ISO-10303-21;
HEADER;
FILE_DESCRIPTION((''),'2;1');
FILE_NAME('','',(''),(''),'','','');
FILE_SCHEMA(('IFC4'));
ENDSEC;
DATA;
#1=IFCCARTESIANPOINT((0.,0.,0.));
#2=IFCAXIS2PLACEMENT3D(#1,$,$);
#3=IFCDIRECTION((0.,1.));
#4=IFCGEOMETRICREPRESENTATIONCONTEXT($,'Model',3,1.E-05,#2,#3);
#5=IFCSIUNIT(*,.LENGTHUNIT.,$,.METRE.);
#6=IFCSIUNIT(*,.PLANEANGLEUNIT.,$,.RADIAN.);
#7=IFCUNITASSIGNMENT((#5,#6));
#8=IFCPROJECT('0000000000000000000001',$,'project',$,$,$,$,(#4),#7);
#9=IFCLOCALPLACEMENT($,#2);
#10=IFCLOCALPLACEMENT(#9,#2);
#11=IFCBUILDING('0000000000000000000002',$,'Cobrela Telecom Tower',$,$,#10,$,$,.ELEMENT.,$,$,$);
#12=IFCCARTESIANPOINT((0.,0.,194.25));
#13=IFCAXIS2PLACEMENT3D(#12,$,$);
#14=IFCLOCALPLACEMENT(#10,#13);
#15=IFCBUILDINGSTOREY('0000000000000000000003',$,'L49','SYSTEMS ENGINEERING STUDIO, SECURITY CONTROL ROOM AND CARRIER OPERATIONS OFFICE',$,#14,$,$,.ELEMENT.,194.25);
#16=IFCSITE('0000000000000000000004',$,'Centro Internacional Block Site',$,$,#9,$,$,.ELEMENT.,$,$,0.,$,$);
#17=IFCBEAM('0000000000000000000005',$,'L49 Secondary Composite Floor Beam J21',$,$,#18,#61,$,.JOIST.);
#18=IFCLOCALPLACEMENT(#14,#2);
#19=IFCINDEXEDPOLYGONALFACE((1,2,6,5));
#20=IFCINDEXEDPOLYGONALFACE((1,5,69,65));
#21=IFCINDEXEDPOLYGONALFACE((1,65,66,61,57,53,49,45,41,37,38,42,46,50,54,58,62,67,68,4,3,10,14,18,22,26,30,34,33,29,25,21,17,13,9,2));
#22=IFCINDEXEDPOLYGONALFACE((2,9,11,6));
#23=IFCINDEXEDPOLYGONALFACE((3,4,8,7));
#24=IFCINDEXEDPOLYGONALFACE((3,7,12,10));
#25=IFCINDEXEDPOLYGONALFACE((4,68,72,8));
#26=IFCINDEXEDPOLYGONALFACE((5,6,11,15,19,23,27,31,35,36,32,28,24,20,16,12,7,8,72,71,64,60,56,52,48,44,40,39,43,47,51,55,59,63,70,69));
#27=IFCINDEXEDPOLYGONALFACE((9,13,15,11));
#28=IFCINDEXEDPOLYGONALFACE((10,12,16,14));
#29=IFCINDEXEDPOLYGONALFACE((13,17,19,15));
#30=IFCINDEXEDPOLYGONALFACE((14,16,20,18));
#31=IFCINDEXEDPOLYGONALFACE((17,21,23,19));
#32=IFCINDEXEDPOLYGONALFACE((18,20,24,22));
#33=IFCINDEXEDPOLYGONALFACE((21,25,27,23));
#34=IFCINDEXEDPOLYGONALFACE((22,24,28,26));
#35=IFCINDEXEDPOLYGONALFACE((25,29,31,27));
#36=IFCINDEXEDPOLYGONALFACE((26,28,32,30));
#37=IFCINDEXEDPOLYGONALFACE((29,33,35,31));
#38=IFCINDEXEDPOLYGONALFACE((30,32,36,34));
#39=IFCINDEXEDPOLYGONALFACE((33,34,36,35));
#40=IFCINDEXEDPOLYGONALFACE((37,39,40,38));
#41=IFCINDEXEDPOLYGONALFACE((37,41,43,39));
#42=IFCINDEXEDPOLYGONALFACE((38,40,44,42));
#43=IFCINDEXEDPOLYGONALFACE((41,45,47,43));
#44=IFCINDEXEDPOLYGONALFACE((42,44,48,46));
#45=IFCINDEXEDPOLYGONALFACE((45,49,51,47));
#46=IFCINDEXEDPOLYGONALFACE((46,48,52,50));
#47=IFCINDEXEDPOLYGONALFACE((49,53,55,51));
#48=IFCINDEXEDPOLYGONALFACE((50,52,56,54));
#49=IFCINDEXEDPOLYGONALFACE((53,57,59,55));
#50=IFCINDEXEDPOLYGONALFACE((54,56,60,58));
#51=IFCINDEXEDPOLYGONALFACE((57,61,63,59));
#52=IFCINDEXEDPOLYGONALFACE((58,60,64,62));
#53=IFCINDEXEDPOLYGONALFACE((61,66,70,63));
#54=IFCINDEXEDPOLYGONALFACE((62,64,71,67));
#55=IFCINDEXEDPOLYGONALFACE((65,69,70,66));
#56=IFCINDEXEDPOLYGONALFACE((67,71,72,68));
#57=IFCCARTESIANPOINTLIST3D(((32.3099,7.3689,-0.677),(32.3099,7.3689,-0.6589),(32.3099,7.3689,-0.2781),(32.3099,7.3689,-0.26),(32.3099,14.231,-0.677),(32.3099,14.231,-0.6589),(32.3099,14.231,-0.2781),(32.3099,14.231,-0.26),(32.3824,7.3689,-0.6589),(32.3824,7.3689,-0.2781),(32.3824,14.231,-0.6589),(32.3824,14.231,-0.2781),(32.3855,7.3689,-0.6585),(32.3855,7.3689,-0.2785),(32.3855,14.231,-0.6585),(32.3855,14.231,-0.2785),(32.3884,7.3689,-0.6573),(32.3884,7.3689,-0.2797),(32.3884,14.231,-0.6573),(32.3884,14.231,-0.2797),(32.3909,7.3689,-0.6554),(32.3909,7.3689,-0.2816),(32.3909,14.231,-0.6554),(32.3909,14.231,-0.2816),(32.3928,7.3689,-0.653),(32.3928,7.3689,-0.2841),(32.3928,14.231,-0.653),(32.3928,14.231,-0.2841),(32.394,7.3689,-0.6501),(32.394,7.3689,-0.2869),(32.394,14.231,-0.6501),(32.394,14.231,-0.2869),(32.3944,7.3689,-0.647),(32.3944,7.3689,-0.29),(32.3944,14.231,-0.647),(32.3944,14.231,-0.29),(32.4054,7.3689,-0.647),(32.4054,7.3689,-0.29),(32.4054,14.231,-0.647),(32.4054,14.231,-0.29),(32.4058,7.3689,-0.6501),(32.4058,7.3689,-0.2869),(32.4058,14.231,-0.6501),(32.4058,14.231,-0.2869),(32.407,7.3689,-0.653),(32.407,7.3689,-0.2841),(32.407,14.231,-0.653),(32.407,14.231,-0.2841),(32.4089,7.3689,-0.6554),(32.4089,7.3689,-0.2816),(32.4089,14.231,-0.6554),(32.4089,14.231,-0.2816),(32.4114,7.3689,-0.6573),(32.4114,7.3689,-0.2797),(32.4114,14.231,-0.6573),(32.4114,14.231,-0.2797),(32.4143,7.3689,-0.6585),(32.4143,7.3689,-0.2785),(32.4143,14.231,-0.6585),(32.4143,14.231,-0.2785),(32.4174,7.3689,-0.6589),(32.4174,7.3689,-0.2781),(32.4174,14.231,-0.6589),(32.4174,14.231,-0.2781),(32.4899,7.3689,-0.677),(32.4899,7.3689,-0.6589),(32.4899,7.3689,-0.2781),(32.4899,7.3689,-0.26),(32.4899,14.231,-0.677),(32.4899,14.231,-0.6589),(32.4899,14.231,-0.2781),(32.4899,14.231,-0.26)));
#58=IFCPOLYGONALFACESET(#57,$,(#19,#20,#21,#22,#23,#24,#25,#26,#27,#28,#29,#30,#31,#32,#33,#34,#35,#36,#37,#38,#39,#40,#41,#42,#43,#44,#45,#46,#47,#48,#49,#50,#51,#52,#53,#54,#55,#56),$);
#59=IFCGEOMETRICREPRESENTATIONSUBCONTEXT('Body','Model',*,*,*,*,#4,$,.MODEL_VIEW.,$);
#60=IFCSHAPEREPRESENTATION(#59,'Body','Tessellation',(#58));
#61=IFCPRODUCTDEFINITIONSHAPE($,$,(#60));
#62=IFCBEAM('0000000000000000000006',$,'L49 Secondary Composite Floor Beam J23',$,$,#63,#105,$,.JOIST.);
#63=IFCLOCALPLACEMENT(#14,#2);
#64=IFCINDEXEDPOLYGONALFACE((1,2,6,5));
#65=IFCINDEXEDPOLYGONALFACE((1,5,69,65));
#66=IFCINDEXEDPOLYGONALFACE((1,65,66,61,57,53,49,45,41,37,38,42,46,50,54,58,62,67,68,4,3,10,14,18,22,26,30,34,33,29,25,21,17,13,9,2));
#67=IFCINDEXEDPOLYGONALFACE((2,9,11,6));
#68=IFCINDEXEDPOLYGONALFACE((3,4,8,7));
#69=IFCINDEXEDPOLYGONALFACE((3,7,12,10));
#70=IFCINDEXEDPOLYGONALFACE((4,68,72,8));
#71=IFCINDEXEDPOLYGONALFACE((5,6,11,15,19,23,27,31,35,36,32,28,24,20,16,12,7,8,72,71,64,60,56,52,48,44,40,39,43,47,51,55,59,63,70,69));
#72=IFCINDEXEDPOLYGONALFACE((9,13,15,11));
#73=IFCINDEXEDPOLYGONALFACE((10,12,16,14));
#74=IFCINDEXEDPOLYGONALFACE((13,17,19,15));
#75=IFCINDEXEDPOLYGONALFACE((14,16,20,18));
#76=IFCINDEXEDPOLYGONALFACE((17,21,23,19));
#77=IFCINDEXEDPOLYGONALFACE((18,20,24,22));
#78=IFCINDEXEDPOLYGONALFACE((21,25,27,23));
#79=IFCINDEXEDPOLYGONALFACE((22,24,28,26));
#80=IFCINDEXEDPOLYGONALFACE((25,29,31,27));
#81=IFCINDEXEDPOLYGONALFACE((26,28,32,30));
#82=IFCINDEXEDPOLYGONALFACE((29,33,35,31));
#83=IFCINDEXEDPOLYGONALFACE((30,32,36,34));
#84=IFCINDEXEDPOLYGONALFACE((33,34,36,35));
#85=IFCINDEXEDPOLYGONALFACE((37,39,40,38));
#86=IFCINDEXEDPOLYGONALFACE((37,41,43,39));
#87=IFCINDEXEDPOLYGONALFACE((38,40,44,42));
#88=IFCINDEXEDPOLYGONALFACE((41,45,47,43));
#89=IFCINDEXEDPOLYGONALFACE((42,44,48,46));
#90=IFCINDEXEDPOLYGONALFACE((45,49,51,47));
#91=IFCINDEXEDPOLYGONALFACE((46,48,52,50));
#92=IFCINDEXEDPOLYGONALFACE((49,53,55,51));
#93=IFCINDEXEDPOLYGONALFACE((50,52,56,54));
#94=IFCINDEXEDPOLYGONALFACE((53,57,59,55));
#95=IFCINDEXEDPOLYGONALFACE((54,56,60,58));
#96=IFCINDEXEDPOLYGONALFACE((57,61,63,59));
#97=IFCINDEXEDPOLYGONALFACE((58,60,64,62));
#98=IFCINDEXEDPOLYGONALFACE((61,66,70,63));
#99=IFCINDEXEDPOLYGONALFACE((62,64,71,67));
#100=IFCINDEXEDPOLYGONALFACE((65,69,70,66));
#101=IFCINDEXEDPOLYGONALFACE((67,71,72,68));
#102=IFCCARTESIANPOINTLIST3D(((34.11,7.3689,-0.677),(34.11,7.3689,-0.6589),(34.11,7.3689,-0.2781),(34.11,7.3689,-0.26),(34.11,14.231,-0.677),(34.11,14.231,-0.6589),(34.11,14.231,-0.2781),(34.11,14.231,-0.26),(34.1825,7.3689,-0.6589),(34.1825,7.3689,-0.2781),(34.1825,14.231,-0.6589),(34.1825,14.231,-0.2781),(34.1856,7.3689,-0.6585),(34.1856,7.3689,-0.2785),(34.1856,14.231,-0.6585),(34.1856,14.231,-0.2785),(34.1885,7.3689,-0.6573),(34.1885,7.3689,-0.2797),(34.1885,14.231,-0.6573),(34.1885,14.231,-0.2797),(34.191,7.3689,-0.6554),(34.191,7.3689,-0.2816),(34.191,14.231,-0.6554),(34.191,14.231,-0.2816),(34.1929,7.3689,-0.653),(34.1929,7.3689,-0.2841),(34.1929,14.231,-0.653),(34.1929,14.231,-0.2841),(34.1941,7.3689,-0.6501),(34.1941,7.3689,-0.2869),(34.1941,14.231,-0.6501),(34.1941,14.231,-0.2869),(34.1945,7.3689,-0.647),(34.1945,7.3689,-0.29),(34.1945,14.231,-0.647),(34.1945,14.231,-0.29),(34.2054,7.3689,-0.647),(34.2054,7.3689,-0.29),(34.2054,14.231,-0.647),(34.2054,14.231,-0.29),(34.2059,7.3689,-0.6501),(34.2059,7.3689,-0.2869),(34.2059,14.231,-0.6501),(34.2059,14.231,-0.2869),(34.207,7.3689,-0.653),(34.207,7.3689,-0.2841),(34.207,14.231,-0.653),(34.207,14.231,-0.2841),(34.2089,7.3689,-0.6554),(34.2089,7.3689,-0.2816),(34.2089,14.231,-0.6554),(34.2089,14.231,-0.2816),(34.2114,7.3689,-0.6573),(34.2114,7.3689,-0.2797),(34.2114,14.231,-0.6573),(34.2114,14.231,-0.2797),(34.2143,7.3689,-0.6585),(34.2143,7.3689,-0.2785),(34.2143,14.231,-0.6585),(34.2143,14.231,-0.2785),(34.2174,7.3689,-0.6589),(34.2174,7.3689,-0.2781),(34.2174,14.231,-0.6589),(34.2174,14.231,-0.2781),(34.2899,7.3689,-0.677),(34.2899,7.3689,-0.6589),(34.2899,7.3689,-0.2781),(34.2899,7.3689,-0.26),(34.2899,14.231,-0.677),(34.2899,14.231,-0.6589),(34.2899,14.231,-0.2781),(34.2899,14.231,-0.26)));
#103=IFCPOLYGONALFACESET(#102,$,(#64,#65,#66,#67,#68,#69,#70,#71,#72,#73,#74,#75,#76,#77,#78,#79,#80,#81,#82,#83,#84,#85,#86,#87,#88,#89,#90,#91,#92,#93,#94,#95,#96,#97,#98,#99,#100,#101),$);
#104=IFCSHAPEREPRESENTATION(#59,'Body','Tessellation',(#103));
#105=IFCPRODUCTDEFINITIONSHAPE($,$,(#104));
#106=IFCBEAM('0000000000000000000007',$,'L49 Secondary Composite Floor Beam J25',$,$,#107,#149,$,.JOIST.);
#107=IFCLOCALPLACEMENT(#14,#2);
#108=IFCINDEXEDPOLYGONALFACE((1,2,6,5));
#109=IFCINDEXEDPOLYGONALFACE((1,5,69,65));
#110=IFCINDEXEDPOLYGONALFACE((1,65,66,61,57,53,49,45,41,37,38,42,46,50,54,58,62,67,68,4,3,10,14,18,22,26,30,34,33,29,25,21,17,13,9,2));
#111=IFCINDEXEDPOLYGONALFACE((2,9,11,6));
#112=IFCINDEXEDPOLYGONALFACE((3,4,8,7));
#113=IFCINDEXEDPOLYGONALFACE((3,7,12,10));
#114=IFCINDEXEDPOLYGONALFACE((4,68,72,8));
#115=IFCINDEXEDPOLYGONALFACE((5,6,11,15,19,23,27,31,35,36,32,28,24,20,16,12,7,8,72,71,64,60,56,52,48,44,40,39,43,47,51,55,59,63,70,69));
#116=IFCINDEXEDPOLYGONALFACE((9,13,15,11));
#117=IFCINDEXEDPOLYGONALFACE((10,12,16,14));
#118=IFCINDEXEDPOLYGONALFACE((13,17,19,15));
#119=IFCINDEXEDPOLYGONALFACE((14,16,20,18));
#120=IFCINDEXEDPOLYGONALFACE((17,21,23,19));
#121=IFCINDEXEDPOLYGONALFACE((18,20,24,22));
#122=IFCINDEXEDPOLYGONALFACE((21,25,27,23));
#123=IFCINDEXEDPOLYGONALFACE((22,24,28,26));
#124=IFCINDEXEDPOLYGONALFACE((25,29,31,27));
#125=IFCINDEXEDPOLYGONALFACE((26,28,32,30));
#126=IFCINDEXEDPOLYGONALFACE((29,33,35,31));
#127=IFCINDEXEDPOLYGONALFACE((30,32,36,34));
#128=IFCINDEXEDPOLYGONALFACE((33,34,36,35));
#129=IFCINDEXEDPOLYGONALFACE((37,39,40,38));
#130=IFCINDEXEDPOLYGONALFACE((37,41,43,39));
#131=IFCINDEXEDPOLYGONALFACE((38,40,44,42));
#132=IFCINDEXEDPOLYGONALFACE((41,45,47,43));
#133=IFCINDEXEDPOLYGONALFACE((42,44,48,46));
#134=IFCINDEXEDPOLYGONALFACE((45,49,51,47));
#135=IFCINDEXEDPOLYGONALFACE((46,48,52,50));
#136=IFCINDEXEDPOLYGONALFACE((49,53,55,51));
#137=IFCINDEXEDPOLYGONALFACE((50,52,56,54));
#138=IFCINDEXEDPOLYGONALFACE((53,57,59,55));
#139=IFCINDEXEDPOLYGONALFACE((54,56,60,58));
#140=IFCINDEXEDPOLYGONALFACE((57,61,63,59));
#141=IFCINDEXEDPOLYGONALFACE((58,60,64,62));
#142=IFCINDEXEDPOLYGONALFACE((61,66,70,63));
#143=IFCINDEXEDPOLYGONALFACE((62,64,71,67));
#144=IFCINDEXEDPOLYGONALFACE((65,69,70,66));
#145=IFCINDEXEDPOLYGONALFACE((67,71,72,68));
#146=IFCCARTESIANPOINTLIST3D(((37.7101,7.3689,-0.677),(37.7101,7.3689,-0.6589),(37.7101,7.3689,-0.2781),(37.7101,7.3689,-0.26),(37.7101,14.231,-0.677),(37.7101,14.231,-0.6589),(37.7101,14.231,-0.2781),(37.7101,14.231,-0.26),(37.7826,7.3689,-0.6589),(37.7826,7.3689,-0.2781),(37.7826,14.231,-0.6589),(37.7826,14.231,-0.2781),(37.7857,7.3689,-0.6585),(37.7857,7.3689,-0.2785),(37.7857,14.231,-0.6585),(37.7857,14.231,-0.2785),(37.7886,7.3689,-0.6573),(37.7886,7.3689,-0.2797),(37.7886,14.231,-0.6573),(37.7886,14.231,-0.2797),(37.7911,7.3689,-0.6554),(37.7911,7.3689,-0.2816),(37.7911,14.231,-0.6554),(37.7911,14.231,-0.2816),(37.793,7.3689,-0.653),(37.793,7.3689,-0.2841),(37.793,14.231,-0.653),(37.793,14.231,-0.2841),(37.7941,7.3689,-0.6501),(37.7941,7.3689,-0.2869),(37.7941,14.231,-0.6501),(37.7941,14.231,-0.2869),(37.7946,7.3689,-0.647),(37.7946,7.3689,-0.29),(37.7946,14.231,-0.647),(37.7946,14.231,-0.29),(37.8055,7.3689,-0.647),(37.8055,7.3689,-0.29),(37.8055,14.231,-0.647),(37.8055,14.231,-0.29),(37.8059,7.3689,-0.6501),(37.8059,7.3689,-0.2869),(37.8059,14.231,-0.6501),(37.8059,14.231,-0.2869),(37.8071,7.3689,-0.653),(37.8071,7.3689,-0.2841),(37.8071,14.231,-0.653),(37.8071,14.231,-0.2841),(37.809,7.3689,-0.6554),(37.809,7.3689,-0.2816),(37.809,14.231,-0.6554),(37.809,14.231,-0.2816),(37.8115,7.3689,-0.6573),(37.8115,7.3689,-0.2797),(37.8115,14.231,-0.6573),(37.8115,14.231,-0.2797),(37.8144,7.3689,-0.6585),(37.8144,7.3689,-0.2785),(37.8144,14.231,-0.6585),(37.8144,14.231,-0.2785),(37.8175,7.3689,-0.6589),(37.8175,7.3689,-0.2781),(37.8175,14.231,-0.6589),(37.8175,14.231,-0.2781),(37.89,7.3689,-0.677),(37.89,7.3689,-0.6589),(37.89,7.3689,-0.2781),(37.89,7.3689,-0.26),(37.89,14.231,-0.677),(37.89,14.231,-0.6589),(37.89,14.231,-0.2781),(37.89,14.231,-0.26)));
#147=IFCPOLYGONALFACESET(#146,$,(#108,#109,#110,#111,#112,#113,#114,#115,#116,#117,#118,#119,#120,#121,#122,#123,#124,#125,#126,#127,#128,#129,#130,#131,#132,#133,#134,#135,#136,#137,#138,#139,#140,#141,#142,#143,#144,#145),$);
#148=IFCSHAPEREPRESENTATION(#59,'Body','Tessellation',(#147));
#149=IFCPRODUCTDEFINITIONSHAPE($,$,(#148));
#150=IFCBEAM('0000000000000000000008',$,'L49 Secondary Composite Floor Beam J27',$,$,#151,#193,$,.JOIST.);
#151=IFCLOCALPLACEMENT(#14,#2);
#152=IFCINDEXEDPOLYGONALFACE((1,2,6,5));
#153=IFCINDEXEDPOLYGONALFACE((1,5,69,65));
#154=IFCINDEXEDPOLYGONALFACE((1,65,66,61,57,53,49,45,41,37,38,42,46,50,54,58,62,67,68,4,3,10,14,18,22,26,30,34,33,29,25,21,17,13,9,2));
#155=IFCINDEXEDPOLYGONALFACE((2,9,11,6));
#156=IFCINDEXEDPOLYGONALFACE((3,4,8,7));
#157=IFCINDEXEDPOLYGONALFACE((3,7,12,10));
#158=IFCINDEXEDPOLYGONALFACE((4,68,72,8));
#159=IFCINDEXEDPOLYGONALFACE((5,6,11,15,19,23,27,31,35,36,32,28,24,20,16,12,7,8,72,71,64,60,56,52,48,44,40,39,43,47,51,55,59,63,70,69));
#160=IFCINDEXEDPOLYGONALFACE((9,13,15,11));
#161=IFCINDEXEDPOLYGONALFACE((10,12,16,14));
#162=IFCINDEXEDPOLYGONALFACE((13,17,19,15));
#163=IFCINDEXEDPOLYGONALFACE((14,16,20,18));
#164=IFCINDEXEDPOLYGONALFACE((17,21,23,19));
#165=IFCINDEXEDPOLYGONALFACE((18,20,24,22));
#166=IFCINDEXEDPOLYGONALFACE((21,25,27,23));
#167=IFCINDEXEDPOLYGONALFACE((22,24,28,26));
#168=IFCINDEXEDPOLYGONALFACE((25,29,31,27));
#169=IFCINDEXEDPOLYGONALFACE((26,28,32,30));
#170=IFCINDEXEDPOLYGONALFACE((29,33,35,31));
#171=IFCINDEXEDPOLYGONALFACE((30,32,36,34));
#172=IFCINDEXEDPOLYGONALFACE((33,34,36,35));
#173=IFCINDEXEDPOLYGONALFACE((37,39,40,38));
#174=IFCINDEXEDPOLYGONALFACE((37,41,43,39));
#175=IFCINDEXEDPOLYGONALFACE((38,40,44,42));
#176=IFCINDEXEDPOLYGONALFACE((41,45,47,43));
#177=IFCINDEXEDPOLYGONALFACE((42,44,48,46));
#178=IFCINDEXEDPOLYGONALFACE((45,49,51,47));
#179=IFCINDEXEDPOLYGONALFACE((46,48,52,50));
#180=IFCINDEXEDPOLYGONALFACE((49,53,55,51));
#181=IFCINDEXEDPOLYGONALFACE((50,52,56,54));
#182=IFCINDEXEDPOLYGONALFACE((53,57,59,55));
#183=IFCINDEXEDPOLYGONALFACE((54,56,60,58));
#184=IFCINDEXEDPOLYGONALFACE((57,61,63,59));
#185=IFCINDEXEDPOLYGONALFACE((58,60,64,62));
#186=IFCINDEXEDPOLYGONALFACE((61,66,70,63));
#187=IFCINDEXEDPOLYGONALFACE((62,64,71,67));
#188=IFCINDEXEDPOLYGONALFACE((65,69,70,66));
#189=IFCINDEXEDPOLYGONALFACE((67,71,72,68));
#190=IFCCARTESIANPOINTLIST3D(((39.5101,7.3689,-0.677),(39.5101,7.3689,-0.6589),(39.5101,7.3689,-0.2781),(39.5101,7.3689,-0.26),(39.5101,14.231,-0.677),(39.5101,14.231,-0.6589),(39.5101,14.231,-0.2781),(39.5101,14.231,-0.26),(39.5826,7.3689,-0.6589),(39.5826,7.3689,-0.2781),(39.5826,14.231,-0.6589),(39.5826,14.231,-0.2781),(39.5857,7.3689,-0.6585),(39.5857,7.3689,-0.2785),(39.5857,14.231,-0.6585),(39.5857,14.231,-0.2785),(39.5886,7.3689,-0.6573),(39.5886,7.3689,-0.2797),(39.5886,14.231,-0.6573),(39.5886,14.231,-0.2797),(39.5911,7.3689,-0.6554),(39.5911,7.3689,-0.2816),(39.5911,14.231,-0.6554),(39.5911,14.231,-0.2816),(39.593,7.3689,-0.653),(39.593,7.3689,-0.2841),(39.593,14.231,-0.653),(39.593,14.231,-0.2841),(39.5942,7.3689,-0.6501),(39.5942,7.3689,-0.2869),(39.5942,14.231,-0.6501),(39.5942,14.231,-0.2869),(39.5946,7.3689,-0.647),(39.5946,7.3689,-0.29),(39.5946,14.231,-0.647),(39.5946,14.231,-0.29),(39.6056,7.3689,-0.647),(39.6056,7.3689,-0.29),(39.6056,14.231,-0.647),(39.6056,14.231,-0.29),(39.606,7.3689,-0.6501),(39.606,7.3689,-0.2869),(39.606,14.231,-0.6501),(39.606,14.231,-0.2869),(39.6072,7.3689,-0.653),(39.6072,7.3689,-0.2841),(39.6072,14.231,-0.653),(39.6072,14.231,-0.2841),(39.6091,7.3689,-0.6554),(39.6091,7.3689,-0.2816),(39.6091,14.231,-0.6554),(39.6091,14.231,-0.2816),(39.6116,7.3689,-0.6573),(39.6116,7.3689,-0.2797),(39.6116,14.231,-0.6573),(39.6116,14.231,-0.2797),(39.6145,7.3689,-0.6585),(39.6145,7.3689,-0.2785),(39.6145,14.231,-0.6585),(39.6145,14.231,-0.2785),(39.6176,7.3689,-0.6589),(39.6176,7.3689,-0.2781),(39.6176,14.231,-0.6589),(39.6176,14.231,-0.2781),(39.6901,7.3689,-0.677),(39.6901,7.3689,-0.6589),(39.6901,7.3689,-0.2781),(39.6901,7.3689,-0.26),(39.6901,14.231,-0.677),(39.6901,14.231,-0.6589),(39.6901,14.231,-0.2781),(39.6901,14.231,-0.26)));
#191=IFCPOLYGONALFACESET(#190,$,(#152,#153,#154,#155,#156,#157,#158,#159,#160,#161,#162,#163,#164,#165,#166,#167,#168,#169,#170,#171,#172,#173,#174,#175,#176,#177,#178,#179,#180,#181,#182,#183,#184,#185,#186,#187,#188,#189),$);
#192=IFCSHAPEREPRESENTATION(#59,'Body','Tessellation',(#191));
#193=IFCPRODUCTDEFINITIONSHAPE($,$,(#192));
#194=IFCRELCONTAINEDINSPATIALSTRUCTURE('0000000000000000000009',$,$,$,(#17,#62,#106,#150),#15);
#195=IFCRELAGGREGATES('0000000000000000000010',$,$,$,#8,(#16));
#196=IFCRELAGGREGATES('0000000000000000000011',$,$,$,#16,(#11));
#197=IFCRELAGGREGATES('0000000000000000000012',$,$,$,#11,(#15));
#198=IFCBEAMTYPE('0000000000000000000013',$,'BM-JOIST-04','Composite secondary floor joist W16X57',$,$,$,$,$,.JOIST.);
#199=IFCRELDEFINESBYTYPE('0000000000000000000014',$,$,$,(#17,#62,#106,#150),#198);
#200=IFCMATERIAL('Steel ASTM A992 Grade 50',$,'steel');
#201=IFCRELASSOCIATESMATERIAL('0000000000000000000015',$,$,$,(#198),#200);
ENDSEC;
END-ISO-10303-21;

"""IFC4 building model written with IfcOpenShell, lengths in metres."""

from ifc_helpers import new_model, si_unit, direction, frame, origin, origin_2d, place, context, subcontext, project, spatial, i_section, extrude, material, material_profile, profile_set, type_object, element, save


model = new_model("IFC4")

# Units and contexts
model_context = context("Model", 3, precision=1e-05, world=origin(), true_north=direction((0.0, 1.0)))
body_context = subcontext(model_context, "Body", "Model", "MODEL_VIEW")
ifc_project = project(units=[si_unit("LENGTHUNIT", "METRE"), si_unit("PLANEANGLEUNIT", "RADIAN")], contexts=[model_context])

# Site, building, storey
site_placement = place(None, origin())
site = spatial("IfcSite", under=ifc_project, at=site_placement, Name="Centro Internacional Block Site", CompositionType="ELEMENT", RefElevation=0.0)
building_placement = place(site_placement, origin())
building = spatial("IfcBuilding", under=site, at=building_placement, Name="Cobrela Telecom Tower", CompositionType="ELEMENT")
storey_placement = place(building_placement, frame((0.0, 0.0, 194.25)))
storey = spatial("IfcBuildingStorey", under=building, at=storey_placement, Name="L49", Description="SYSTEMS ENGINEERING STUDIO, SECURITY CONTROL ROOM AND CARRIER OPERATIONS OFFICE", CompositionType="ELEMENT", Elevation=194.25)

# Shared definitions
ifc_material_1 = material(Name="Steel ASTM A992 Grade 50", Category="steel")

# Beams
ifc_material_profile_1 = material_profile(ifc_material_1, i_section(OverallWidth=0.1799, OverallDepth=0.417, WebThickness=0.011, FlangeThickness=0.0181, FilletRadius=0.012, at=origin_2d()), Name="W16X57")
ifc_profile_set_1 = profile_set([ifc_material_profile_1], Name="Steel ASTM A992 Grade 50")
beam_type_1 = type_object("IfcBeamType", Name="BM-JOIST-04", Description="Composite secondary floor joist W16X57", PredefinedType="JOIST", material=ifc_profile_set_1)
for number, where, z_axis, x_axis, name in (
    (1, (32.3999, 7.3689, -0.4685), (0.0, 1.0, 0.0), (-1.0, 0.0, 0.0), "L49 Secondary Composite Floor Beam J21"),
    (2, (34.2, 7.3689, -0.4685), (0.0, 1.0, 0.0), (-1.0, 0.0, 0.0), "L49 Secondary Composite Floor Beam J23"),
    (3, (37.8, 7.3689, -0.4685), (0.0, 1.0, 0.0), (-1.0, 0.0, 0.0), "L49 Secondary Composite Floor Beam J25"),
    (4, (39.6001, 7.3689, -0.4685), (0.0, 1.0, 0.0), (-1.0, 0.0, 0.0), "L49 Secondary Composite Floor Beam J27"),
):
    element("IfcBeam", number, at=place(storey_placement, frame(where, z_axis=z_axis, x_axis=x_axis)), inside=storey, type_object=beam_type_1, Name=name, PredefinedType="JOIST", context=body_context, shape_type="SweptSolid", body=[
        extrude(i_section(OverallWidth=0.1799, OverallDepth=0.417, WebThickness=0.011, FlangeThickness=0.0181, FilletRadius=0.012, at=origin_2d()), origin(), (0.0, 0.0, 1.0), 6.8621),
    ])

save(model, "model.ifc")
